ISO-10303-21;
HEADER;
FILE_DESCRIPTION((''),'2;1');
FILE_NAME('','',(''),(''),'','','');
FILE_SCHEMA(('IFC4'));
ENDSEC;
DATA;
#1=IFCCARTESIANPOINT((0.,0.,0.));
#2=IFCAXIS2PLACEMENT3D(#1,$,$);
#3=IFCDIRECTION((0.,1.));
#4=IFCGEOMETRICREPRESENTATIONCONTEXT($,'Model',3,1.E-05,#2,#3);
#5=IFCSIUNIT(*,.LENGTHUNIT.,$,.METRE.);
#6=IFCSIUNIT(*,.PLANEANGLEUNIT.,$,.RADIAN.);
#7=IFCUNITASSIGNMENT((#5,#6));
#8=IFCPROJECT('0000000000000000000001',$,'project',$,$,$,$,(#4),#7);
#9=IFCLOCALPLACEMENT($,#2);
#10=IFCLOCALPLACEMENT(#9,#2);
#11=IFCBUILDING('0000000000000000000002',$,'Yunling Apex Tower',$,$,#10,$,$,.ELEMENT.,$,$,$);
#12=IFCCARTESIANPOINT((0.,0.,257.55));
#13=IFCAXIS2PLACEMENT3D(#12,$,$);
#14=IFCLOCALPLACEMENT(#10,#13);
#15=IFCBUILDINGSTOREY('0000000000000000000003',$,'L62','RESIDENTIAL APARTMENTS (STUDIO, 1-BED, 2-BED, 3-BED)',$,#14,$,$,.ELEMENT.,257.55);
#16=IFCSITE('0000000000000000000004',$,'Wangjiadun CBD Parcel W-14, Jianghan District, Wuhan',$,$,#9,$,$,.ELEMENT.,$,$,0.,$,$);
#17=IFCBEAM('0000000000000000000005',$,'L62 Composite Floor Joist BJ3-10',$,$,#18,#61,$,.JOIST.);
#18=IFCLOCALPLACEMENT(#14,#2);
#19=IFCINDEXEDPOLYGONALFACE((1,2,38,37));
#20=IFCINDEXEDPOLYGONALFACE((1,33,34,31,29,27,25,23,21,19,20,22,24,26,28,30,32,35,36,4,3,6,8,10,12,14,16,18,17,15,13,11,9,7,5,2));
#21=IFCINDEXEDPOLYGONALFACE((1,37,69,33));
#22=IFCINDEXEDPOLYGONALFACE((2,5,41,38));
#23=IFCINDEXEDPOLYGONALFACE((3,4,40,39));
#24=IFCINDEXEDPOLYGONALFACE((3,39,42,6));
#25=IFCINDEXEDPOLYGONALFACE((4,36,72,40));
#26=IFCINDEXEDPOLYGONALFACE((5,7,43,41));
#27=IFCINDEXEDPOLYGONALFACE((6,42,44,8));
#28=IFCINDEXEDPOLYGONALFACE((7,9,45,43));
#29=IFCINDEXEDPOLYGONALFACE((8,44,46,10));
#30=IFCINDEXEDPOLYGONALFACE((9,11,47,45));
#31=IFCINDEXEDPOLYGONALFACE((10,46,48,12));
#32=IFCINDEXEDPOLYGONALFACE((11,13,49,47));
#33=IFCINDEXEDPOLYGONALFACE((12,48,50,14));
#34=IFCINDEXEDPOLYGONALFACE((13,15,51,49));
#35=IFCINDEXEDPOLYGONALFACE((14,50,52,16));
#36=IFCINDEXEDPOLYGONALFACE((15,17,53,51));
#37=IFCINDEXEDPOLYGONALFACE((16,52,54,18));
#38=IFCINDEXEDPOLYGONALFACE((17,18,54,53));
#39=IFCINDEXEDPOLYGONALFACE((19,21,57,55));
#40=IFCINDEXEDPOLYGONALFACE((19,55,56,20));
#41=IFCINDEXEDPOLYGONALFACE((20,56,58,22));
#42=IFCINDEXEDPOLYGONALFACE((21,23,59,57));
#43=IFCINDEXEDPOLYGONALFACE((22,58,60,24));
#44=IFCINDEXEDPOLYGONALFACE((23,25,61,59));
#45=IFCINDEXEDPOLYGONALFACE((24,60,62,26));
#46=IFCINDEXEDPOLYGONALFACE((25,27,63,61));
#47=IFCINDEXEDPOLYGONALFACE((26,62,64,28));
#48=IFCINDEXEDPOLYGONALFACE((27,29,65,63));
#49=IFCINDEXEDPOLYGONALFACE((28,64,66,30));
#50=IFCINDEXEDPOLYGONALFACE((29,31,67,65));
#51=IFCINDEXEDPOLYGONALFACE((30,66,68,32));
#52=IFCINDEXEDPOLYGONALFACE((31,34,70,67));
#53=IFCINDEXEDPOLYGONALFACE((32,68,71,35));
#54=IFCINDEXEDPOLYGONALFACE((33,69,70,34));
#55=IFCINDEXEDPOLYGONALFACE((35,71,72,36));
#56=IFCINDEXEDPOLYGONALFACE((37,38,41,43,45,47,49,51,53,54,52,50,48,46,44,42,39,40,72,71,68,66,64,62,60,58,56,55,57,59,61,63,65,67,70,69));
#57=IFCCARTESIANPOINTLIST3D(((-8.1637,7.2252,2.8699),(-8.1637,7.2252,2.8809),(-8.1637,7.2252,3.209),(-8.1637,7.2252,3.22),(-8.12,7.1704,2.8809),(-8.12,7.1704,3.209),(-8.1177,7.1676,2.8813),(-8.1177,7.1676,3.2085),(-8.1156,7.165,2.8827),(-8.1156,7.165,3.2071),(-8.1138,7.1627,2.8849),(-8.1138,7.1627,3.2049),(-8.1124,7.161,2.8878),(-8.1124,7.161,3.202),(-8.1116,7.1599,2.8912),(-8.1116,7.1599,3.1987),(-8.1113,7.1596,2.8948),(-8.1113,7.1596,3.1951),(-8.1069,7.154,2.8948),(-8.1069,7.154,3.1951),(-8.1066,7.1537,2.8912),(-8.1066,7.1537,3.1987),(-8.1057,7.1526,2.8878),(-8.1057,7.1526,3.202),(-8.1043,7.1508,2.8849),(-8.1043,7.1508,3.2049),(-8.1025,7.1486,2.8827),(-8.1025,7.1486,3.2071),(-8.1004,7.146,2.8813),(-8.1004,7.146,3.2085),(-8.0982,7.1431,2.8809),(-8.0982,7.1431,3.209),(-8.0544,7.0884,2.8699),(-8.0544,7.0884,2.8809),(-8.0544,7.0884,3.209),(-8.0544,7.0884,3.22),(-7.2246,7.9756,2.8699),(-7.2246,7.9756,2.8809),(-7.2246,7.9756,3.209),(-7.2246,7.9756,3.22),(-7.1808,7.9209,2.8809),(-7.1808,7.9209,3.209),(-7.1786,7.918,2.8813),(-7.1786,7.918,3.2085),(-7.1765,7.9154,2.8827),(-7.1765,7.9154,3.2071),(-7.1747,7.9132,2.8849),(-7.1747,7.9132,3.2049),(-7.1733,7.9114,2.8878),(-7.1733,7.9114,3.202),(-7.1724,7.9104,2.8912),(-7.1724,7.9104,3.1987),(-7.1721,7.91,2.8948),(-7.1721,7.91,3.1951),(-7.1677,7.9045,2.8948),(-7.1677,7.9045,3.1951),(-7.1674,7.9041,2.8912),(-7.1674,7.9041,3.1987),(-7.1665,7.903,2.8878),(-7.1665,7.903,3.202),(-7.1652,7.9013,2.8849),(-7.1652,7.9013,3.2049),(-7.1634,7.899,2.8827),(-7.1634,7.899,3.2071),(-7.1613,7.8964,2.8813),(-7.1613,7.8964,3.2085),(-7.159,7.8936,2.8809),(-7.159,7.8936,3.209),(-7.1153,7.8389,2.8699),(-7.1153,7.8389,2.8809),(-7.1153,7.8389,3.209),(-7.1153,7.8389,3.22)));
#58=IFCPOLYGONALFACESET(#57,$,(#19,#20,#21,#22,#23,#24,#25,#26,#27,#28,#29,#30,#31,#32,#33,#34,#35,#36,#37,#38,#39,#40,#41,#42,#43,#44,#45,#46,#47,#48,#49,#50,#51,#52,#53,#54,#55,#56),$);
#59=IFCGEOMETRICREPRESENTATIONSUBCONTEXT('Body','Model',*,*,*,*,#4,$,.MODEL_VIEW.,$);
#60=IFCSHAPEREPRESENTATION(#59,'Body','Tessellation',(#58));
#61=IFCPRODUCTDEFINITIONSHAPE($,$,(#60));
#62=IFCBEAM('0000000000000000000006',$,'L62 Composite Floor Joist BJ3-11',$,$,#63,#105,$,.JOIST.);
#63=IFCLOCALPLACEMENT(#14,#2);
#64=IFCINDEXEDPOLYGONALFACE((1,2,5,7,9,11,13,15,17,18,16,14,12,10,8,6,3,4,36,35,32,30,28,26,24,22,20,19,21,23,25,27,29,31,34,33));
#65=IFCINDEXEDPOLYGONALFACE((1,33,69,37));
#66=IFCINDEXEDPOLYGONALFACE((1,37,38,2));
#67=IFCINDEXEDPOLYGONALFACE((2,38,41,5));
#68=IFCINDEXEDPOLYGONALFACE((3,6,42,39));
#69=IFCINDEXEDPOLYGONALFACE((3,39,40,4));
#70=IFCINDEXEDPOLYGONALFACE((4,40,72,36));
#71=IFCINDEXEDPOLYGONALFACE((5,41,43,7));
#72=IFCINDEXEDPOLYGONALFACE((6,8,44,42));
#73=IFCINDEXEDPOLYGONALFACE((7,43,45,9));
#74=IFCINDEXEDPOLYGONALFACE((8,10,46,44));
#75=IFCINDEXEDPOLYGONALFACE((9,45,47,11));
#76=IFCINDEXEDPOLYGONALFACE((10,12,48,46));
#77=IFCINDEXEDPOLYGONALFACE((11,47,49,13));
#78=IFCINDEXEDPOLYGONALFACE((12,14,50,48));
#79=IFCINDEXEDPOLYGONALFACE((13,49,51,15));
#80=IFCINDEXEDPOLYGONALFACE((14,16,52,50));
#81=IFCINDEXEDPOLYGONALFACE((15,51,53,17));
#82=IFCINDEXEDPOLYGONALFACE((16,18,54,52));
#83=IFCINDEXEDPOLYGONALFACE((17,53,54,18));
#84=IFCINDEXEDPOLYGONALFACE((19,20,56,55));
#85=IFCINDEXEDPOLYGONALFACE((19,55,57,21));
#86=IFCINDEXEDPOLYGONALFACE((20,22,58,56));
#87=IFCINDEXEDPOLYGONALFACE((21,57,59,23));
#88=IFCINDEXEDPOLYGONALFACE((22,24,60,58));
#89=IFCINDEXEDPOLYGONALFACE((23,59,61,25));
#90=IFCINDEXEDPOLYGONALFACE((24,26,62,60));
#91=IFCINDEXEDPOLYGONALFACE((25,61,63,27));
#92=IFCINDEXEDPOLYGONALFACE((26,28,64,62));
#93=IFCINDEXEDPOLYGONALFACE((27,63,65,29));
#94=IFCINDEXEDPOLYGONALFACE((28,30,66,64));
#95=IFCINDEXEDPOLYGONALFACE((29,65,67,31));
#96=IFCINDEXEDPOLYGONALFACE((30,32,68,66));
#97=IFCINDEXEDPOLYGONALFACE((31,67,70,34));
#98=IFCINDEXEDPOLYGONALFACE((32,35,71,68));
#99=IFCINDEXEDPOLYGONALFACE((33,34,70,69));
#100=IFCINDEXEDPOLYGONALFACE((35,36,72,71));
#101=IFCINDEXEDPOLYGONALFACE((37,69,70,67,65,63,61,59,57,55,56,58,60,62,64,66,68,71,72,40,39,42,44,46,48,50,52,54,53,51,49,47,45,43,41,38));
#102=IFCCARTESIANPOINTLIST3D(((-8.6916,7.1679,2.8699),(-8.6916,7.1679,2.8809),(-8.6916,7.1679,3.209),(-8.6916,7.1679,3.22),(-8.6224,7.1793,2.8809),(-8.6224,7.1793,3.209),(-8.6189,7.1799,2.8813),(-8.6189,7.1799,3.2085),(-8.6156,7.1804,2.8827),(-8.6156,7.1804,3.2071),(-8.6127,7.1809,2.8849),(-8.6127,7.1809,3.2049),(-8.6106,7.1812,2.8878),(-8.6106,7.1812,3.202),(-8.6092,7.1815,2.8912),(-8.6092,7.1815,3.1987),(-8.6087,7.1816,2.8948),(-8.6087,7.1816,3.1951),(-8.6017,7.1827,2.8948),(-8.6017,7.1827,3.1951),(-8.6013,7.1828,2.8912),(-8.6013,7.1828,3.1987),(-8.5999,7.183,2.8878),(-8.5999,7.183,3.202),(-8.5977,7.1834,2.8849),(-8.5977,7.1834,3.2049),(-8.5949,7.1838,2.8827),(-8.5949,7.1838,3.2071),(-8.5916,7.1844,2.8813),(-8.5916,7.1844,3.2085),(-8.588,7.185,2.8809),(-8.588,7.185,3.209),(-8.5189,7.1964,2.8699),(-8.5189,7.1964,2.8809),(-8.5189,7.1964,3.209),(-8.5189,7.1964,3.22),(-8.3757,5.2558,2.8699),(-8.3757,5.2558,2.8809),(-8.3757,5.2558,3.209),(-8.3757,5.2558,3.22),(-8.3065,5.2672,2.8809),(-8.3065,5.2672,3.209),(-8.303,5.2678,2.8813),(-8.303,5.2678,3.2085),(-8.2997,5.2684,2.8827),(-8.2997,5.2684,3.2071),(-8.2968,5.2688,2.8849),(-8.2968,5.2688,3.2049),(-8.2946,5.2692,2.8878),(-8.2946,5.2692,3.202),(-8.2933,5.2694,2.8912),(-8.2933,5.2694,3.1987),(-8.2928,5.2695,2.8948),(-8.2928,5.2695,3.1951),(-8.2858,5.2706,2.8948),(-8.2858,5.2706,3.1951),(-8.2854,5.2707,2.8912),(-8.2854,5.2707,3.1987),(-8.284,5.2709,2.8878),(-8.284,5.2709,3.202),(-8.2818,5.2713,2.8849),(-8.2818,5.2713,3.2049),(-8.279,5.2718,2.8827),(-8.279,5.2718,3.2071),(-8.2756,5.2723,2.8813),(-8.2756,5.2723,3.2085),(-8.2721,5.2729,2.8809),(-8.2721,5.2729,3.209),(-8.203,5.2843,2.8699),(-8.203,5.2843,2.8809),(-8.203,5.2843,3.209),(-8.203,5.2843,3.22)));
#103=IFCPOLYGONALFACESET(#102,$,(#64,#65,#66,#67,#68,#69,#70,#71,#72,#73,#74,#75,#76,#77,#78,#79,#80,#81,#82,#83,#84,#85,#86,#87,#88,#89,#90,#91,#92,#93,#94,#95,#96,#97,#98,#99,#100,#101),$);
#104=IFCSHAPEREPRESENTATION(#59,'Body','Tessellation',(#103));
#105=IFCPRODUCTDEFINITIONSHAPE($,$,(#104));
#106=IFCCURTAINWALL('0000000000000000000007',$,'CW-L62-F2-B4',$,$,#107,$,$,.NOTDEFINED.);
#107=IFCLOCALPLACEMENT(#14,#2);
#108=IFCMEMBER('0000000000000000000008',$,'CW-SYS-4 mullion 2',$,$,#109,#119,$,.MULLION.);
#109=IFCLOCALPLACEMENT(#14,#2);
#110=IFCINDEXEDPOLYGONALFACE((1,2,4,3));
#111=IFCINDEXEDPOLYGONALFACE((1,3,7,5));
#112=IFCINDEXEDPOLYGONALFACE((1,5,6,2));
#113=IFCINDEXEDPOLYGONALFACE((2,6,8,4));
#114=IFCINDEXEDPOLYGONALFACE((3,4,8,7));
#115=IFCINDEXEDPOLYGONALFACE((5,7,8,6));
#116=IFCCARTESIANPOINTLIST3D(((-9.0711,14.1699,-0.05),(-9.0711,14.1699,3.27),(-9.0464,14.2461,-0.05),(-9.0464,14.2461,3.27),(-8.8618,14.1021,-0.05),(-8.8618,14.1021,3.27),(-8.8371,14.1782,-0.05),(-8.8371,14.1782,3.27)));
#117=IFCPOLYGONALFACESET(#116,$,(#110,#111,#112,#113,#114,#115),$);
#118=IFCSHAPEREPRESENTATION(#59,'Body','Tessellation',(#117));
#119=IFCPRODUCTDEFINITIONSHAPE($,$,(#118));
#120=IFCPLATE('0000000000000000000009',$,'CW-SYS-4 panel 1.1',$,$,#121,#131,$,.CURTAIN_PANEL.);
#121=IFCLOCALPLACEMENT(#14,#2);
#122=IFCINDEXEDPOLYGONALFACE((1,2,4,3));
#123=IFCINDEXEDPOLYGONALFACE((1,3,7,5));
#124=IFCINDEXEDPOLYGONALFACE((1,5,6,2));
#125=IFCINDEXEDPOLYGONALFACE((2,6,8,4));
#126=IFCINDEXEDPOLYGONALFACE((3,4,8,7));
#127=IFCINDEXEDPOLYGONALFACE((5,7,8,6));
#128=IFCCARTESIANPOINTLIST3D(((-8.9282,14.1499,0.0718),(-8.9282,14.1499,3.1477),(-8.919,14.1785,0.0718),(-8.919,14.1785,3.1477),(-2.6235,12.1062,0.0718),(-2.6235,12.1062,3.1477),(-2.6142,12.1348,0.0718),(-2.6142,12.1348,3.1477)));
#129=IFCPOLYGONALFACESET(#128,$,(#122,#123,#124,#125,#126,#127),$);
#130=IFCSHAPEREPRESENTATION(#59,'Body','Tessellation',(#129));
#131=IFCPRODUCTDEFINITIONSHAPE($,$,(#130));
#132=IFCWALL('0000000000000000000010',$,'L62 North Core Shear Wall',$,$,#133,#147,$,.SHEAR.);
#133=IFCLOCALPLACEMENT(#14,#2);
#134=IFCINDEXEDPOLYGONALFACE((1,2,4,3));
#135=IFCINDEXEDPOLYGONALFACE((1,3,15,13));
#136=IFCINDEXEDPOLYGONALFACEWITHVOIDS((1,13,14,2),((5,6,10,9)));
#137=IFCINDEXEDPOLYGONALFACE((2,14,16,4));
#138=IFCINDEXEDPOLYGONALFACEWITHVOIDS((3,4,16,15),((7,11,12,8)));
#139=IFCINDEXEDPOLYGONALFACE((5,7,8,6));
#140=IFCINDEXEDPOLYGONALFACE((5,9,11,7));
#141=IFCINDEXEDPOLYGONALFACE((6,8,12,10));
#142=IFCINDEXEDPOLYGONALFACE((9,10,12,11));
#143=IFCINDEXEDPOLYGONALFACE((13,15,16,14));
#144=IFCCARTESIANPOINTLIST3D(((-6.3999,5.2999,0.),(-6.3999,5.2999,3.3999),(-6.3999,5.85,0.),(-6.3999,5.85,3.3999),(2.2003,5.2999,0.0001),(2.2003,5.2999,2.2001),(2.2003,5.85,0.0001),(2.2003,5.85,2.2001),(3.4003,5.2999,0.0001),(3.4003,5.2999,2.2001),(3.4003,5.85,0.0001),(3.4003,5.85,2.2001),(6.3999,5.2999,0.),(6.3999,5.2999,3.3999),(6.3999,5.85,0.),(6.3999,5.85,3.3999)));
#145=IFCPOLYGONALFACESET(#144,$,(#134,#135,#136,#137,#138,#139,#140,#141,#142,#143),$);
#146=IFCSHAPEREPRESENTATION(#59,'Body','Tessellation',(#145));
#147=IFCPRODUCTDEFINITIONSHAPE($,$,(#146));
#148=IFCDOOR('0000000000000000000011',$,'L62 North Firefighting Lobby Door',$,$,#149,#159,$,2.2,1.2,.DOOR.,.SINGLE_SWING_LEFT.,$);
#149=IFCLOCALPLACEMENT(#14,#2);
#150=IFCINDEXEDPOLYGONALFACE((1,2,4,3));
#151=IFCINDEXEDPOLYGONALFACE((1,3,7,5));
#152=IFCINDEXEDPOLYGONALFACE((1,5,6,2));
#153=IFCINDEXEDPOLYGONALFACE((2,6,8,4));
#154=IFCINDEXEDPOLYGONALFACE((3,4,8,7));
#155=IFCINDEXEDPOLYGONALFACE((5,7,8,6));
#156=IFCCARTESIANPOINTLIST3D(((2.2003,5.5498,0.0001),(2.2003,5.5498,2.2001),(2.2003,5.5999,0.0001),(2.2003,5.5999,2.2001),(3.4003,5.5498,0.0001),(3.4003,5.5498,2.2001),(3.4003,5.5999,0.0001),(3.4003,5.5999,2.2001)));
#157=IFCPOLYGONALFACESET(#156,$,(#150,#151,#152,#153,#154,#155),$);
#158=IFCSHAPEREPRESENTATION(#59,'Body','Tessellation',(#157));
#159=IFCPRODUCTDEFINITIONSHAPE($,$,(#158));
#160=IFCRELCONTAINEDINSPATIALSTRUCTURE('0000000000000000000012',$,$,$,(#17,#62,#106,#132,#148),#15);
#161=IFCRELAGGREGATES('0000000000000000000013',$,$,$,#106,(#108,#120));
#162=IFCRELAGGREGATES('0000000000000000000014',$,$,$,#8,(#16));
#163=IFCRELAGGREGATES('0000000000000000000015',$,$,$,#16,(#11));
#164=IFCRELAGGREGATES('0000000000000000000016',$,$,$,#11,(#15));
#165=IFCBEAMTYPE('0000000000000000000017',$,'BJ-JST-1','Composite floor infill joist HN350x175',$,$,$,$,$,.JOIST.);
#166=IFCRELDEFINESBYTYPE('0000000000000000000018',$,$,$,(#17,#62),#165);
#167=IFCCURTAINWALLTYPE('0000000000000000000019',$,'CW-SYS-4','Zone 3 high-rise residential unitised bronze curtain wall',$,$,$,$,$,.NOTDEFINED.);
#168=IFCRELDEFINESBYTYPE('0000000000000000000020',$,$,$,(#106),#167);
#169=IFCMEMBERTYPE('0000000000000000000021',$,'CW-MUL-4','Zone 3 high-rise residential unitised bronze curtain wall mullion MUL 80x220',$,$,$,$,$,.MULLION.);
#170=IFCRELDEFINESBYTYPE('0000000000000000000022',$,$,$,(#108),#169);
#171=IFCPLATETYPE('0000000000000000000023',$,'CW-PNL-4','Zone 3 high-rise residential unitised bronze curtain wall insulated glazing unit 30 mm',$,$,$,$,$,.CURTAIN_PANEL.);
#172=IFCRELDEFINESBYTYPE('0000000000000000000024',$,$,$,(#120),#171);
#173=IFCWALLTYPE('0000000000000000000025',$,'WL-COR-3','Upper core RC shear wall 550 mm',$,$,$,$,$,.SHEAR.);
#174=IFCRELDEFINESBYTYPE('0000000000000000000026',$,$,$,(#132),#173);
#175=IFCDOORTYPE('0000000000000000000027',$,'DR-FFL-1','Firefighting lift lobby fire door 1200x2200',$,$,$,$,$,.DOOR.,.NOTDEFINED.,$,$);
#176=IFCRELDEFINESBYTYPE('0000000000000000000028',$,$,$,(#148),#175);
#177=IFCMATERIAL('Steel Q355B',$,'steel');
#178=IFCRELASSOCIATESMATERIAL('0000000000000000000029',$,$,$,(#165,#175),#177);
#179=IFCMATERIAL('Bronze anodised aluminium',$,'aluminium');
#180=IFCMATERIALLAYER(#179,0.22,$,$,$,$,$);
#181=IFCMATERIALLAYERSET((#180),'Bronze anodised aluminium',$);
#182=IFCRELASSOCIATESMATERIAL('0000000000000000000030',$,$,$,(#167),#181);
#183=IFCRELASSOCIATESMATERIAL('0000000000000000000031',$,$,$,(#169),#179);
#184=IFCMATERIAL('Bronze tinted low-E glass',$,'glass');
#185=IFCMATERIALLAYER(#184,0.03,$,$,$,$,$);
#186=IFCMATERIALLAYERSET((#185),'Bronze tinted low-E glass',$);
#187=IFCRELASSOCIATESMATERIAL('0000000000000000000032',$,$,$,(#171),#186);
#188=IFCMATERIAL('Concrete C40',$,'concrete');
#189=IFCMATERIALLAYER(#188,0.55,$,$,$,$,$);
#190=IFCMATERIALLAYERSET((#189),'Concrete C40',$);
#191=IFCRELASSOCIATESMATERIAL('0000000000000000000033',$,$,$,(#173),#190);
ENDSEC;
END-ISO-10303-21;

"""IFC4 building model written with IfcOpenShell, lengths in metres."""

from ifc_helpers import new_model, si_unit, direction, frame, frame_2d, origin, origin_2d, place, context, subcontext, project, spatial, rectangle, i_section, extrude, source, transform, mapped, material, layer, layer_set, material_profile, profile_set, type_object, element, fill, aggregate, save


model = new_model("IFC4")

# Units and contexts
model_context = context("Model", 3, precision=1e-05, world=origin(), true_north=direction((0.0, 1.0)))
body_context = subcontext(model_context, "Body", "Model", "MODEL_VIEW")
ifc_project = project(units=[si_unit("LENGTHUNIT", "METRE"), si_unit("PLANEANGLEUNIT", "RADIAN")], contexts=[model_context])

# Site, building, storey
site_placement = place(None, origin())
site = spatial("IfcSite", under=ifc_project, at=site_placement, Name="Wangjiadun CBD Parcel W-14, Jianghan District, Wuhan", CompositionType="ELEMENT", RefElevation=0.0)
building_placement = place(site_placement, origin())
building = spatial("IfcBuilding", under=site, at=building_placement, Name="Yunling Apex Tower", CompositionType="ELEMENT")
storey_placement = place(building_placement, frame((0.0, 0.0, 257.55)))
storey = spatial("IfcBuildingStorey", under=building, at=storey_placement, Name="L62", Description="RESIDENTIAL APARTMENTS (STUDIO, 1-BED, 2-BED, 3-BED)", CompositionType="ELEMENT", Elevation=257.55)

# Beams
ifc_material_1 = material(Name="Steel Q355B", Category="steel")
ifc_material_profile_1 = material_profile(ifc_material_1, i_section(OverallWidth=0.175, OverallDepth=0.3501, WebThickness=0.0071, FlangeThickness=0.011, FilletRadius=0.0139, at=origin_2d()))
ifc_profile_set_1 = profile_set([ifc_material_profile_1], Name="Steel Q355B")
beam_type_1 = type_object("IfcBeamType", Name="BJ-JST-1", Description="Composite floor infill joist HN350x175", PredefinedType="JOIST", material=ifc_profile_set_1)
shared_shape_1 = source(origin(), body_context, "Body", "SweptSolid", [
    extrude(i_section(OverallWidth=0.175, OverallDepth=0.3501, WebThickness=0.0071, FlangeThickness=0.011, FilletRadius=0.0139, at=origin_2d()), origin(), (0.0, 0.0, 1.0), 1.2021),
])
beam_1_placement = place(storey_placement, frame((-7.1699, 7.9072, 3.0449), z_axis=(-0.781225, -0.624249, 0.0), x_axis=(0.624249, -0.781225, 0.0)))
element("IfcBeam", 1, at=beam_1_placement, inside=storey, type_object=beam_type_1, Name="L62 Composite Floor Joist BJ3-10", PredefinedType="JOIST", context=body_context, shape_type="MappedRepresentation", body=[
    mapped(shared_shape_1, transform((0.0, 0.0, 0.0), scale=1.0)),
])
shared_shape_2 = source(origin(), body_context, "Body", "SweptSolid", [
    extrude(i_section(OverallWidth=0.175, OverallDepth=0.3501, WebThickness=0.0071, FlangeThickness=0.011, FilletRadius=0.0139, at=origin_2d()), origin(), (0.0, 0.0, 1.0), 1.938),
])
beam_2_placement = place(storey_placement, frame((-8.6052, 7.1821, 3.0449), z_axis=(0.16301, -0.986624, 0.0), x_axis=(0.986624, 0.16301, 0.0)))
element("IfcBeam", 2, at=beam_2_placement, inside=storey, type_object=beam_type_1, Name="L62 Composite Floor Joist BJ3-11", PredefinedType="JOIST", context=body_context, shape_type="MappedRepresentation", body=[
    mapped(shared_shape_2, transform((0.0, 0.0, 0.0), scale=1.0)),
])

# Curtain wall, member, plate
ifc_material_2 = material(Name="Bronze anodised aluminium", Category="aluminium")
ifc_layer_1 = layer(ifc_material_2, 0.22)
ifc_layer_set_1 = layer_set([ifc_layer_1], Name="Bronze anodised aluminium")
curtain_wall_type = type_object("IfcCurtainWallType", Name="CW-SYS-4", Description="Zone 3 high-rise residential unitised bronze curtain wall", PredefinedType="NOTDEFINED", material=ifc_layer_set_1)
curtain_wall_placement = place(storey_placement, origin())
curtain_wall = element("IfcCurtainWall", 3, at=curtain_wall_placement, inside=storey, type_object=curtain_wall_type, Name="CW-L62-F2-B4", PredefinedType="NOTDEFINED")
ifc_material_profile_2 = material_profile(ifc_material_2, rectangle(XDim=0.0801, YDim=0.22, at=origin_2d()))
ifc_profile_set_2 = profile_set([ifc_material_profile_2], Name="Bronze anodised aluminium")
member_type = type_object("IfcMemberType", Name="CW-MUL-4", Description="Zone 3 high-rise residential unitised bronze curtain wall mullion MUL 80x220", PredefinedType="MULLION", material=ifc_profile_set_2)
shared_shape_3 = source(origin(), body_context, "Body", "SweptSolid", [
    extrude(rectangle(XDim=0.0801, YDim=0.22, at=origin_2d()), origin(), (0.0, 0.0, 1.0), 3.3201),
])
member_placement = place(storey_placement, frame((-8.9541, 14.1741, -0.05), z_axis=(0.0, 0.0, 1.0), x_axis=(-0.308353, -0.951272, 0.0)))
member = element("IfcMember", 4, at=member_placement, type_object=member_type, Name="CW-SYS-4 mullion 2", PredefinedType="MULLION", context=body_context, shape_type="MappedRepresentation", body=[
    mapped(shared_shape_3, transform((0.0, 0.0, 0.0), scale=1.0)),
])
ifc_material_3 = material(Name="Bronze tinted low-E glass", Category="glass")
ifc_layer_2 = layer(ifc_material_3, 0.03)
ifc_layer_set_2 = layer_set([ifc_layer_2], Name="Bronze tinted low-E glass")
plate_type = type_object("IfcPlateType", Name="CW-PNL-4", Description="Zone 3 high-rise residential unitised bronze curtain wall insulated glazing unit 30 mm", PredefinedType="CURTAIN_PANEL", material=ifc_layer_set_2)
shared_shape_4 = source(origin(), body_context, "Body", "SweptSolid", [
    extrude(rectangle(XDim=6.6277, YDim=0.03, at=origin_2d()), origin(), (0.0, 0.0, 1.0), 3.0759),
])
plate_placement = place(storey_placement, frame((-5.7712, 13.1423, 0.0718), z_axis=(0.0, 0.0, 1.0), x_axis=(-0.951272, 0.308353, 0.0)))
plate = element("IfcPlate", 5, at=plate_placement, type_object=plate_type, Name="CW-SYS-4 panel 1.1", PredefinedType="CURTAIN_PANEL", context=body_context, shape_type="MappedRepresentation", body=[
    mapped(shared_shape_4, transform((0.0, 0.0, 0.0), scale=1.0)),
])
aggregate(curtain_wall, [member, plate])

# Wall, opening, door
ifc_material_4 = material(Name="Concrete C40", Category="concrete")
ifc_layer_3 = layer(ifc_material_4, 0.55)
ifc_layer_set_3 = layer_set([ifc_layer_3], Name="Concrete C40")
wall_type_1 = type_object("IfcWallType", Name="WL-COR-3", Description="Upper core RC shear wall 550 mm", PredefinedType="SHEAR", material=ifc_layer_set_3)
wall_1_placement = place(storey_placement, frame((-6.3999, 5.575, 0.0), z_axis=(0.0, 0.0, 1.0), x_axis=(1.0, 0.0, 0.0)))
wall_1 = element("IfcWall", 6, at=wall_1_placement, inside=storey, type_object=wall_type_1, Name="L62 North Core Shear Wall", PredefinedType="SHEAR", context=body_context, shape_type="SweptSolid", body=[
    extrude(rectangle(XDim=12.7998, YDim=0.55, at=frame_2d((6.3999, 0.0))), origin(), (0.0, 0.0, 1.0), 3.3999),
])
opening_1_placement = place(wall_1_placement, frame((8.6001, 0.0, 0.0)))
opening_1 = element("IfcOpeningElement", 7, at=opening_1_placement, cuts=wall_1, PredefinedType="OPENING", context=body_context, shape_type="SweptSolid", body=[
    extrude(rectangle(XDim=1.2, YDim=2.2, at=frame_2d((0.6001, 1.1001))), frame((0.0, 0.2852, 0.0), z_axis=(0.0, -1.0, 0.0), x_axis=(1.0, 0.0, 0.0)), (0.0, 0.0, 1.0), 0.5701),
])
door_type_1 = type_object("IfcDoorType", Name="DR-FFL-1", Description="Firefighting lift lobby fire door 1200x2200", OperationType="NOTDEFINED", PredefinedType="DOOR", material=ifc_material_1)
door_1_placement = place(opening_1_placement, origin())
door_1 = element("IfcDoor", 8, at=door_1_placement, inside=storey, type_object=door_type_1, Name="L62 North Firefighting Lobby Door", OperationType="SINGLE_SWING_LEFT", OverallHeight=2.2, OverallWidth=1.2, PredefinedType="DOOR", context=body_context, shape_type="SweptSolid", body=[
    extrude(rectangle(XDim=1.2, YDim=2.2, at=frame_2d((0.6001, 1.1001))), frame((0.0, 0.0249, 0.0), z_axis=(0.0, -1.0, 0.0), x_axis=(1.0, 0.0, 0.0)), (0.0, 0.0, 1.0), 0.05),
])
fill(opening_1, door_1)

save(model, "model.ifc")
